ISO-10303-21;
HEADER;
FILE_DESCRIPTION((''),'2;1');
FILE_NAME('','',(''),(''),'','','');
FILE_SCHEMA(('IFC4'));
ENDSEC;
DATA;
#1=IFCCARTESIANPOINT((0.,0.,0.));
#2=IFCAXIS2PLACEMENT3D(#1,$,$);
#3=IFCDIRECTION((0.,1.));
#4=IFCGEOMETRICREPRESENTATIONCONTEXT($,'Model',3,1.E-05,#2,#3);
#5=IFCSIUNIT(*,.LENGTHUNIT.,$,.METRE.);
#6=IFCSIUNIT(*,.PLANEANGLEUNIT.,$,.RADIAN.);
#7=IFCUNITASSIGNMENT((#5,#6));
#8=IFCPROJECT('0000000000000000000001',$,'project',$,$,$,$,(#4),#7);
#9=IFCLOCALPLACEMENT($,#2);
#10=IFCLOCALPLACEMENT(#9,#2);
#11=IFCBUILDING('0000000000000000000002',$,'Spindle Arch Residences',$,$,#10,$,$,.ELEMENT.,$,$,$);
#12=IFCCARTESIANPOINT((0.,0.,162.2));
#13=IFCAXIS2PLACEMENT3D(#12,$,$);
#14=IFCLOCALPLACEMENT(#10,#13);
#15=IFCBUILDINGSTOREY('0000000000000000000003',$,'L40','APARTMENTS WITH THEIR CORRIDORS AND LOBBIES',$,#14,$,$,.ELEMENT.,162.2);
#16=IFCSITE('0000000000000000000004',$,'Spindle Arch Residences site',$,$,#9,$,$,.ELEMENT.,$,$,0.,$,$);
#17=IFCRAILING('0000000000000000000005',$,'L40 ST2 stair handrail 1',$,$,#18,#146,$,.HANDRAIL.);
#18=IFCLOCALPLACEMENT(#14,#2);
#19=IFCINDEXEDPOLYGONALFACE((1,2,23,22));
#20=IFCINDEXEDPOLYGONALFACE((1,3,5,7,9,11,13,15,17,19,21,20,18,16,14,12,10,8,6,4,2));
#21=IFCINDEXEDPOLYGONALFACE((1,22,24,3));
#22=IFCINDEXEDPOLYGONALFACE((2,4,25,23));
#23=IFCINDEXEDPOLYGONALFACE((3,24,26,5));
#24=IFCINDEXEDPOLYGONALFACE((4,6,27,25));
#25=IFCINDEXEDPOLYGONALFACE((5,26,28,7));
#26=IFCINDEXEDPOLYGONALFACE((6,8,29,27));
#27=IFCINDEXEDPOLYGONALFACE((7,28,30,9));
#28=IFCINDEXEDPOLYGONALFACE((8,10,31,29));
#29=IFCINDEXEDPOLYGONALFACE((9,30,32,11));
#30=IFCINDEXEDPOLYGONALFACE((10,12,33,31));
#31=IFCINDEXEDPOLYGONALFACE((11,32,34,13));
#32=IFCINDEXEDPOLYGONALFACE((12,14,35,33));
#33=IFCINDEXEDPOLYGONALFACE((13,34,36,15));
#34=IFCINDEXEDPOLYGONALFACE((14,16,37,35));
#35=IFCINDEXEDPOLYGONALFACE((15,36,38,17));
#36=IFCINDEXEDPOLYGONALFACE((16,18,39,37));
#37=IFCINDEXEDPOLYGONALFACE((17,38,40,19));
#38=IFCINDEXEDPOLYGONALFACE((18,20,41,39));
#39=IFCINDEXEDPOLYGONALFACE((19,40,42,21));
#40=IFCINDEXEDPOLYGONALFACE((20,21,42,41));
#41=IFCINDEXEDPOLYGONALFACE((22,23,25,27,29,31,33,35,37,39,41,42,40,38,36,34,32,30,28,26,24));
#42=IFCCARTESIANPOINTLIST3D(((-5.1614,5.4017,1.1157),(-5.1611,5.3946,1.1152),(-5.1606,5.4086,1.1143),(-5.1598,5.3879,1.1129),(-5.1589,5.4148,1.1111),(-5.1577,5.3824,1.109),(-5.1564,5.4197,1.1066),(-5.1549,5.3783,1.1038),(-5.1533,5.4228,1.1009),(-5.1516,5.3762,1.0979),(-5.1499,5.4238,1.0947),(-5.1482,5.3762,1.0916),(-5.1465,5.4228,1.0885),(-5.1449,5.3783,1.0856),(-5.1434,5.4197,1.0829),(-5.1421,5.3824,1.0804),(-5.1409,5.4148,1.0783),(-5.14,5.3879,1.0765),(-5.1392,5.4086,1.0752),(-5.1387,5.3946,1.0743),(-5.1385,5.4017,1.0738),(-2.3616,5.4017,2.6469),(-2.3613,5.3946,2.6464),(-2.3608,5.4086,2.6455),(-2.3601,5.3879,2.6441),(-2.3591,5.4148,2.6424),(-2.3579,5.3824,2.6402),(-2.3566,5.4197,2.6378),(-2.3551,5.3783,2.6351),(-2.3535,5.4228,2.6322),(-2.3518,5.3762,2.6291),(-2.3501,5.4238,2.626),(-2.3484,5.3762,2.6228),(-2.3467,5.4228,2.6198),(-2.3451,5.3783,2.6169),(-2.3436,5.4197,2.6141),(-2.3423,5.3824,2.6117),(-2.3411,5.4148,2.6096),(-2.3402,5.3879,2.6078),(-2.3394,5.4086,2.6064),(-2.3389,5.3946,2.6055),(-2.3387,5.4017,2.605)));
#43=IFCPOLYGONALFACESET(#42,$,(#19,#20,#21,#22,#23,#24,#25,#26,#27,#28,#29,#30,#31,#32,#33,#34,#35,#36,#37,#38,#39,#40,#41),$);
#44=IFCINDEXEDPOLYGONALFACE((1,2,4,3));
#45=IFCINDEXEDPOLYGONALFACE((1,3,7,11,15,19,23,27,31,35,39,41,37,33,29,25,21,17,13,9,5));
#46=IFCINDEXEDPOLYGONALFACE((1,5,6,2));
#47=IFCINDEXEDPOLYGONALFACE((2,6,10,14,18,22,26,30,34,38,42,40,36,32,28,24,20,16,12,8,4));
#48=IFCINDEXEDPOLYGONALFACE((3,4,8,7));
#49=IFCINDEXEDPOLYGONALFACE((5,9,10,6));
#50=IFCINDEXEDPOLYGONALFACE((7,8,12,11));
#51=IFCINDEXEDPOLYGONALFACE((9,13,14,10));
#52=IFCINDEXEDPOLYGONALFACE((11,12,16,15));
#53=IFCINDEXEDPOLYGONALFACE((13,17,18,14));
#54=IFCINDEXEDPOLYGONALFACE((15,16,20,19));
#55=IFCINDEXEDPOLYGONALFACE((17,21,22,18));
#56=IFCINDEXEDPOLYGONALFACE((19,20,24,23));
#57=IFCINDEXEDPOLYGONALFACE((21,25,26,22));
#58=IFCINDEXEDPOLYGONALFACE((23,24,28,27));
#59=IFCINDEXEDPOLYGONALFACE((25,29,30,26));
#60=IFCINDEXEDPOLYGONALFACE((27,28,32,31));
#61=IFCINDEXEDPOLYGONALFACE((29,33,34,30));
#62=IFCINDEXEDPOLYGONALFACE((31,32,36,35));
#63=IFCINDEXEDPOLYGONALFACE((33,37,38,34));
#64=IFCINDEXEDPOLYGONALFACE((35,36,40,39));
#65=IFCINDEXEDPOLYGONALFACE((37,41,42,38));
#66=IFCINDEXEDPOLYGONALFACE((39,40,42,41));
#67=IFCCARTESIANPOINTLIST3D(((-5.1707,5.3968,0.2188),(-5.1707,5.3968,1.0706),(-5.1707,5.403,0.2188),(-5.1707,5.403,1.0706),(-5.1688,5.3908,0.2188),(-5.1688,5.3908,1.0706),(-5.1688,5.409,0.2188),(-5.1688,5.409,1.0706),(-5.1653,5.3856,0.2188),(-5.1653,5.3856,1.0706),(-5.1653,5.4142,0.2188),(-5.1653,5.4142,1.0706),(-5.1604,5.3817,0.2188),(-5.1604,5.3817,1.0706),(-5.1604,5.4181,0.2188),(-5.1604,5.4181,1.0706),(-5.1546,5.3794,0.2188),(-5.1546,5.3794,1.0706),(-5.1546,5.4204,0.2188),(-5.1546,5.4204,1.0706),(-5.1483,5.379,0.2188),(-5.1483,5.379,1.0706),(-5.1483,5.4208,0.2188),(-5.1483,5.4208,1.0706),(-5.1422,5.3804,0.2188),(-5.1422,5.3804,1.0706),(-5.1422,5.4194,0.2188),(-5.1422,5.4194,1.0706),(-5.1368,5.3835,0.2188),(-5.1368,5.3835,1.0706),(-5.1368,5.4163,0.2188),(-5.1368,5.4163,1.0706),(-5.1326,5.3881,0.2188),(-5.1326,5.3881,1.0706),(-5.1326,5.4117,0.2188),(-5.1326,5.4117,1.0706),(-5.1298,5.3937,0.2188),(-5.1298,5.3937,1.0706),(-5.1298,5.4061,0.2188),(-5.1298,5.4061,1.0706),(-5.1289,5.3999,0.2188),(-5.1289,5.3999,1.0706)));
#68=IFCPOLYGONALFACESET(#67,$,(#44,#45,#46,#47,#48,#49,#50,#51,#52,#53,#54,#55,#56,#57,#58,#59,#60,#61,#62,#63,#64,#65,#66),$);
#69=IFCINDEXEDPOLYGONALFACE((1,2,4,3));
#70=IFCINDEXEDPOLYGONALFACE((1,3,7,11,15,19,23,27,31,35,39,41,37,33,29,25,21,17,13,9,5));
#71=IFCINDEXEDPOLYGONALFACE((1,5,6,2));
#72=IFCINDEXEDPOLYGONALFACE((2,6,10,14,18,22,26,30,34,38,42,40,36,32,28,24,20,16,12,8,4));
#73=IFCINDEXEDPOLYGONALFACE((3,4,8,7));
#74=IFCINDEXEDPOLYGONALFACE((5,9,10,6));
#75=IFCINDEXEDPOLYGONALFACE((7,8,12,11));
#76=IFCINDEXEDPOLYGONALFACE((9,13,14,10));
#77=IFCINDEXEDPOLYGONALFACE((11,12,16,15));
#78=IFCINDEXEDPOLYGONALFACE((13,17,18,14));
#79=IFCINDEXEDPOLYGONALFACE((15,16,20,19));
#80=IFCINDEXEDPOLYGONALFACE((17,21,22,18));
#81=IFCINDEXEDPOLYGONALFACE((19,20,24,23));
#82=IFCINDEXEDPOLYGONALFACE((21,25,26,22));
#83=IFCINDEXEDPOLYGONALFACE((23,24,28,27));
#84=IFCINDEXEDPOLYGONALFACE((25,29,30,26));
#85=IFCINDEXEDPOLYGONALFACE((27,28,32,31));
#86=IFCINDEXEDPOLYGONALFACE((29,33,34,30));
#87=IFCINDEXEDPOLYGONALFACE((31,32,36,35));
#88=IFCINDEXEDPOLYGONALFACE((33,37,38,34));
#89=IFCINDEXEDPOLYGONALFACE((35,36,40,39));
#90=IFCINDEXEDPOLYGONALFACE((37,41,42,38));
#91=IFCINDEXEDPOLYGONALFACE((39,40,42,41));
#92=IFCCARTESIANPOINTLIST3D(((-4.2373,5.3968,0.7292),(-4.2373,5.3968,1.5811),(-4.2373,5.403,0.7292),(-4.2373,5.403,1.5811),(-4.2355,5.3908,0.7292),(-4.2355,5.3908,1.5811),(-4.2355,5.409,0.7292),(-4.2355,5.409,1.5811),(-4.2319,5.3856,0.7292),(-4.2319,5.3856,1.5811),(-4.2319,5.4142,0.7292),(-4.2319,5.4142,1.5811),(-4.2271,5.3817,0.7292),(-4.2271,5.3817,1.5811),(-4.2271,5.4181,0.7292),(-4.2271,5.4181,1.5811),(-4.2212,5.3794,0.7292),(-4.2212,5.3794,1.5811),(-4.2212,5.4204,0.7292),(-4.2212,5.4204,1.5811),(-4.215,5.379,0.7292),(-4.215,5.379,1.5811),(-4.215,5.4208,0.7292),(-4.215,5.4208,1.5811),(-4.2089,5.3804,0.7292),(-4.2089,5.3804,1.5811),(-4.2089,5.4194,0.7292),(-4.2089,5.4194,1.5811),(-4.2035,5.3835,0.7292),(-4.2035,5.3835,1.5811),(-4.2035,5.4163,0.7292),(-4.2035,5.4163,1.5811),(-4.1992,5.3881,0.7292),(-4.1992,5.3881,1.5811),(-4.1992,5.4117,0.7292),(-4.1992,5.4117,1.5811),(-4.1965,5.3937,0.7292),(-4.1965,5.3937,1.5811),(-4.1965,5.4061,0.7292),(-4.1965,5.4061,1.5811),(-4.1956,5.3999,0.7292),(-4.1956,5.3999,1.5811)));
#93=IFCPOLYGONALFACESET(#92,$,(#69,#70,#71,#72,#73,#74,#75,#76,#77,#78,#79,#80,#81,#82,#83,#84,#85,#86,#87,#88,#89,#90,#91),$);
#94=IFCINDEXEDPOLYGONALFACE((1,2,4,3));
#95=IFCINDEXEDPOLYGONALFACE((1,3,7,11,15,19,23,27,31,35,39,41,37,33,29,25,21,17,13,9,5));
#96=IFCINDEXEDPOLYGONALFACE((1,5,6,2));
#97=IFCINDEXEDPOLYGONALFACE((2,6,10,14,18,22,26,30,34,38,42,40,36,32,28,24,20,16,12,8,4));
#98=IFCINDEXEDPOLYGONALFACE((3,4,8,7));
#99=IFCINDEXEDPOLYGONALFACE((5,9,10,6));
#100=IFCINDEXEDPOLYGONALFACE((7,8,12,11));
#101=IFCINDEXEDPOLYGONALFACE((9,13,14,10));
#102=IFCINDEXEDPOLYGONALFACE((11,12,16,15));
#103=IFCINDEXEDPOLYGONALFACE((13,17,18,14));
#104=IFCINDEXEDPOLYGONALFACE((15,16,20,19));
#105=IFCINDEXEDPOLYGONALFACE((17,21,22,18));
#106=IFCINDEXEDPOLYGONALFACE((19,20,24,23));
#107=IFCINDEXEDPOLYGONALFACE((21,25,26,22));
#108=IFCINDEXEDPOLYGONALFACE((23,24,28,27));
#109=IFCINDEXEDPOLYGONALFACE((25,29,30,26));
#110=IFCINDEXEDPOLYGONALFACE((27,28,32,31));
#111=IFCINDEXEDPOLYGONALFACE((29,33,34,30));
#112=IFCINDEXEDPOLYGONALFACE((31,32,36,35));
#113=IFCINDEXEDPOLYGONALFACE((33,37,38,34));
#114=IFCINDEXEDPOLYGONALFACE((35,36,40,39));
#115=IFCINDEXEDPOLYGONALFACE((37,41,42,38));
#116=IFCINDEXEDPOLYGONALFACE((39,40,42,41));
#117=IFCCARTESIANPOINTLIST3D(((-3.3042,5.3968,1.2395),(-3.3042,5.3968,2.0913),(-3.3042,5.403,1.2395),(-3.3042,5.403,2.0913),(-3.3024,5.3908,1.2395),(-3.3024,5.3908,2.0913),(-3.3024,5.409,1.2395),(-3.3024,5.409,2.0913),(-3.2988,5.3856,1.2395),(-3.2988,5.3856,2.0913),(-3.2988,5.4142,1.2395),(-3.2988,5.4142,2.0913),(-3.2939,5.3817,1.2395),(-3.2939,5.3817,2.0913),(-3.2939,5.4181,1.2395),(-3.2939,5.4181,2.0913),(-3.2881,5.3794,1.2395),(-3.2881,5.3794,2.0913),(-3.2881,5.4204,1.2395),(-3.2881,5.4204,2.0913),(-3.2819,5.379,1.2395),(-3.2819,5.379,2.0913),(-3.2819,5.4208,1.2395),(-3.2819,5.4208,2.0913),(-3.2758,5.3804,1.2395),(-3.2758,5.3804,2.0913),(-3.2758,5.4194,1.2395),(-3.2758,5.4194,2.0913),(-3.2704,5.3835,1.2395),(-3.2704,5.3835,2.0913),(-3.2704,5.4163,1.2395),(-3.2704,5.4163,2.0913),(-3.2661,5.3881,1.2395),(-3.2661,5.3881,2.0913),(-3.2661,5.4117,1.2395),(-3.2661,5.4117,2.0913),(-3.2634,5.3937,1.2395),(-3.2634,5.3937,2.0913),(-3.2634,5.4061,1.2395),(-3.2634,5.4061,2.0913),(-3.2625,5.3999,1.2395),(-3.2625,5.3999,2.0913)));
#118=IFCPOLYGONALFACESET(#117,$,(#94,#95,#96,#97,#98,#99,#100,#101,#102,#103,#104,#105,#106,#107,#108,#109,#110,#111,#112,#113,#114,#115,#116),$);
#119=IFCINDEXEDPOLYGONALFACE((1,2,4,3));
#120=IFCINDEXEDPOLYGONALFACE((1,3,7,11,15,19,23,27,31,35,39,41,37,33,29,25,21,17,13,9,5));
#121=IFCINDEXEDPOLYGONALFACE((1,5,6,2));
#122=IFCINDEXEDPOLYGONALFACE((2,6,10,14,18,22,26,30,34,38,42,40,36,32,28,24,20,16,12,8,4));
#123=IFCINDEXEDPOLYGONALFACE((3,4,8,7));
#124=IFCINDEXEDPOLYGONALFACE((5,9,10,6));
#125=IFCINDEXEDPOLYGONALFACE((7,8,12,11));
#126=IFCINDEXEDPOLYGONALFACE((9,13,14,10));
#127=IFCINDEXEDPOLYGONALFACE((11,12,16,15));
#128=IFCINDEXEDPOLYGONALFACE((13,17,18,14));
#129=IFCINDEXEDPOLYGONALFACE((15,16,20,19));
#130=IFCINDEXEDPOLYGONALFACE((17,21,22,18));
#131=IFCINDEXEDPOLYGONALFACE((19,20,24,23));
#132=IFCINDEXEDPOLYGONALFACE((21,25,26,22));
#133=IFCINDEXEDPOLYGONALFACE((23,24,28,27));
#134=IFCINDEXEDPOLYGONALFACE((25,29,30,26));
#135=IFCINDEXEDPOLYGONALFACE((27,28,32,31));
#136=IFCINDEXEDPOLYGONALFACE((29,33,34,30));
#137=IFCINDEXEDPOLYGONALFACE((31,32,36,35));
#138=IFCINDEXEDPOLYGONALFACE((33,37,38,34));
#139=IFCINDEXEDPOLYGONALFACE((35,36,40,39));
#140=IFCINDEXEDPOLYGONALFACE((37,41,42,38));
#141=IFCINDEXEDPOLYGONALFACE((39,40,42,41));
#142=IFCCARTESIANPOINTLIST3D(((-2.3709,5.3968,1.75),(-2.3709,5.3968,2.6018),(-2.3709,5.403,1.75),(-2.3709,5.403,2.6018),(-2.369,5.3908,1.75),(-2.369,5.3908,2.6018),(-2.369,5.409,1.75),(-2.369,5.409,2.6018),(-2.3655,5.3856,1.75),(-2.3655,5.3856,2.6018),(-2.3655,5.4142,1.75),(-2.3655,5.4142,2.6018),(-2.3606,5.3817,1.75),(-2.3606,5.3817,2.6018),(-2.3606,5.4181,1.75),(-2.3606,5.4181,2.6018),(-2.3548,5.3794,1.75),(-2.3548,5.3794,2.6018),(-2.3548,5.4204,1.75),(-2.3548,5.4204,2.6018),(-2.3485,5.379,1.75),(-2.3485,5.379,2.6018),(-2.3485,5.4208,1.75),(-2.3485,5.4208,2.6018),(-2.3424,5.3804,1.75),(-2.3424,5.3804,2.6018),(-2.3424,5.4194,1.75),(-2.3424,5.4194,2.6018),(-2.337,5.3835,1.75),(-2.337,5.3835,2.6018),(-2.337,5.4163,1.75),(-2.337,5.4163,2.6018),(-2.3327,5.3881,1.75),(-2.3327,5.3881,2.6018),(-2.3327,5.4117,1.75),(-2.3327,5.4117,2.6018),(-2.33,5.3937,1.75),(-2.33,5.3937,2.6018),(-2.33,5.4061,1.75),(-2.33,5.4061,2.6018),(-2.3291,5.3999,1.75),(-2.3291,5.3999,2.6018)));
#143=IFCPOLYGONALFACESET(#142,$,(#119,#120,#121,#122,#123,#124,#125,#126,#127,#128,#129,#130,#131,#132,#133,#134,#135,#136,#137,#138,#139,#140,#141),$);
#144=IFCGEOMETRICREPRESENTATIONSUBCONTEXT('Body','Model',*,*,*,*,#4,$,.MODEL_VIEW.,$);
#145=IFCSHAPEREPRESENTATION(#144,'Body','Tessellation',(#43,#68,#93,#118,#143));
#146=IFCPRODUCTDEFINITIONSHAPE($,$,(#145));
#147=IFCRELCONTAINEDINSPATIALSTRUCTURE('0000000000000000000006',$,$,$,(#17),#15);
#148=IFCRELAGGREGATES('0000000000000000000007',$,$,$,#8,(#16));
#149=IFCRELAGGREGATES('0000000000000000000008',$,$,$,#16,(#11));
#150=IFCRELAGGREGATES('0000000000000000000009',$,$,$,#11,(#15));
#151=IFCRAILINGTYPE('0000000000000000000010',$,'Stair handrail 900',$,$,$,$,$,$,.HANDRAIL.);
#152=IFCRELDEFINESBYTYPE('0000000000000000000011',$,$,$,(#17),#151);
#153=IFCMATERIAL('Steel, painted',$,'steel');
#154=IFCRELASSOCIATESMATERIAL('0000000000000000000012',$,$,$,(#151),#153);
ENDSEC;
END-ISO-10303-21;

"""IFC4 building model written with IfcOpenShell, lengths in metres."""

from ifc_helpers import new_model, si_unit, direction, frame, origin, origin_2d, place, context, subcontext, project, spatial, circle, extrude, material, type_object, element, save


model = new_model("IFC4")

# Units and contexts
model_context = context("Model", 3, precision=1e-05, world=origin(), true_north=direction((0.0, 1.0)))
body_context = subcontext(model_context, "Body", "Model", "MODEL_VIEW")
ifc_project = project(units=[si_unit("LENGTHUNIT", "METRE"), si_unit("PLANEANGLEUNIT", "RADIAN")], contexts=[model_context])

# Site, building, storey
site_placement = place(None, origin())
site = spatial("IfcSite", under=ifc_project, at=site_placement, Name="Spindle Arch Residences site", CompositionType="ELEMENT", RefElevation=0.0)
building_placement = place(site_placement, origin())
building = spatial("IfcBuilding", under=site, at=building_placement, Name="Spindle Arch Residences", CompositionType="ELEMENT")
storey_placement = place(building_placement, frame((0.0, 0.0, 162.2)))
storey = spatial("IfcBuildingStorey", under=building, at=storey_placement, Name="L40", Description="APARTMENTS WITH THEIR CORRIDORS AND LOBBIES", CompositionType="ELEMENT", Elevation=162.2)

# Railing
ifc_material_1 = material(Name="Steel, painted", Category="steel")
railing_type_1 = type_object("IfcRailingType", Name="Stair handrail 900", PredefinedType="HANDRAIL", material=ifc_material_1)
railing_1_placement = place(storey_placement, frame((-5.1499, 5.3999, 0.2188)))
element("IfcRailing", 1, at=railing_1_placement, inside=storey, type_object=railing_type_1, Name="L40 ST2 stair handrail 1", PredefinedType="HANDRAIL", context=body_context, shape_type="SweptSolid", body=[
    extrude(circle(Radius=0.0239, at=origin_2d()), frame((0.0, 0.0, 0.876), z_axis=(0.877357, 0.0, 0.479838), x_axis=(0.0, 1.0, 0.0)), (0.0, 0.0, 1.0), 3.1912),
    extrude(circle(Radius=0.021, at=origin_2d()), origin(), (0.0, 0.0, 1.0), 0.8518),
    extrude(circle(Radius=0.021, at=origin_2d()), frame((0.9333, 0.0, 0.5105)), (0.0, 0.0, 1.0), 0.8518),
    extrude(circle(Radius=0.021, at=origin_2d()), frame((1.8665, 0.0, 1.0208)), (0.0, 0.0, 1.0), 0.8518),
    extrude(circle(Radius=0.021, at=origin_2d()), frame((2.7998, 0.0, 1.5312)), (0.0, 0.0, 1.0), 0.8518),
])

save(model, "model.ifc")
